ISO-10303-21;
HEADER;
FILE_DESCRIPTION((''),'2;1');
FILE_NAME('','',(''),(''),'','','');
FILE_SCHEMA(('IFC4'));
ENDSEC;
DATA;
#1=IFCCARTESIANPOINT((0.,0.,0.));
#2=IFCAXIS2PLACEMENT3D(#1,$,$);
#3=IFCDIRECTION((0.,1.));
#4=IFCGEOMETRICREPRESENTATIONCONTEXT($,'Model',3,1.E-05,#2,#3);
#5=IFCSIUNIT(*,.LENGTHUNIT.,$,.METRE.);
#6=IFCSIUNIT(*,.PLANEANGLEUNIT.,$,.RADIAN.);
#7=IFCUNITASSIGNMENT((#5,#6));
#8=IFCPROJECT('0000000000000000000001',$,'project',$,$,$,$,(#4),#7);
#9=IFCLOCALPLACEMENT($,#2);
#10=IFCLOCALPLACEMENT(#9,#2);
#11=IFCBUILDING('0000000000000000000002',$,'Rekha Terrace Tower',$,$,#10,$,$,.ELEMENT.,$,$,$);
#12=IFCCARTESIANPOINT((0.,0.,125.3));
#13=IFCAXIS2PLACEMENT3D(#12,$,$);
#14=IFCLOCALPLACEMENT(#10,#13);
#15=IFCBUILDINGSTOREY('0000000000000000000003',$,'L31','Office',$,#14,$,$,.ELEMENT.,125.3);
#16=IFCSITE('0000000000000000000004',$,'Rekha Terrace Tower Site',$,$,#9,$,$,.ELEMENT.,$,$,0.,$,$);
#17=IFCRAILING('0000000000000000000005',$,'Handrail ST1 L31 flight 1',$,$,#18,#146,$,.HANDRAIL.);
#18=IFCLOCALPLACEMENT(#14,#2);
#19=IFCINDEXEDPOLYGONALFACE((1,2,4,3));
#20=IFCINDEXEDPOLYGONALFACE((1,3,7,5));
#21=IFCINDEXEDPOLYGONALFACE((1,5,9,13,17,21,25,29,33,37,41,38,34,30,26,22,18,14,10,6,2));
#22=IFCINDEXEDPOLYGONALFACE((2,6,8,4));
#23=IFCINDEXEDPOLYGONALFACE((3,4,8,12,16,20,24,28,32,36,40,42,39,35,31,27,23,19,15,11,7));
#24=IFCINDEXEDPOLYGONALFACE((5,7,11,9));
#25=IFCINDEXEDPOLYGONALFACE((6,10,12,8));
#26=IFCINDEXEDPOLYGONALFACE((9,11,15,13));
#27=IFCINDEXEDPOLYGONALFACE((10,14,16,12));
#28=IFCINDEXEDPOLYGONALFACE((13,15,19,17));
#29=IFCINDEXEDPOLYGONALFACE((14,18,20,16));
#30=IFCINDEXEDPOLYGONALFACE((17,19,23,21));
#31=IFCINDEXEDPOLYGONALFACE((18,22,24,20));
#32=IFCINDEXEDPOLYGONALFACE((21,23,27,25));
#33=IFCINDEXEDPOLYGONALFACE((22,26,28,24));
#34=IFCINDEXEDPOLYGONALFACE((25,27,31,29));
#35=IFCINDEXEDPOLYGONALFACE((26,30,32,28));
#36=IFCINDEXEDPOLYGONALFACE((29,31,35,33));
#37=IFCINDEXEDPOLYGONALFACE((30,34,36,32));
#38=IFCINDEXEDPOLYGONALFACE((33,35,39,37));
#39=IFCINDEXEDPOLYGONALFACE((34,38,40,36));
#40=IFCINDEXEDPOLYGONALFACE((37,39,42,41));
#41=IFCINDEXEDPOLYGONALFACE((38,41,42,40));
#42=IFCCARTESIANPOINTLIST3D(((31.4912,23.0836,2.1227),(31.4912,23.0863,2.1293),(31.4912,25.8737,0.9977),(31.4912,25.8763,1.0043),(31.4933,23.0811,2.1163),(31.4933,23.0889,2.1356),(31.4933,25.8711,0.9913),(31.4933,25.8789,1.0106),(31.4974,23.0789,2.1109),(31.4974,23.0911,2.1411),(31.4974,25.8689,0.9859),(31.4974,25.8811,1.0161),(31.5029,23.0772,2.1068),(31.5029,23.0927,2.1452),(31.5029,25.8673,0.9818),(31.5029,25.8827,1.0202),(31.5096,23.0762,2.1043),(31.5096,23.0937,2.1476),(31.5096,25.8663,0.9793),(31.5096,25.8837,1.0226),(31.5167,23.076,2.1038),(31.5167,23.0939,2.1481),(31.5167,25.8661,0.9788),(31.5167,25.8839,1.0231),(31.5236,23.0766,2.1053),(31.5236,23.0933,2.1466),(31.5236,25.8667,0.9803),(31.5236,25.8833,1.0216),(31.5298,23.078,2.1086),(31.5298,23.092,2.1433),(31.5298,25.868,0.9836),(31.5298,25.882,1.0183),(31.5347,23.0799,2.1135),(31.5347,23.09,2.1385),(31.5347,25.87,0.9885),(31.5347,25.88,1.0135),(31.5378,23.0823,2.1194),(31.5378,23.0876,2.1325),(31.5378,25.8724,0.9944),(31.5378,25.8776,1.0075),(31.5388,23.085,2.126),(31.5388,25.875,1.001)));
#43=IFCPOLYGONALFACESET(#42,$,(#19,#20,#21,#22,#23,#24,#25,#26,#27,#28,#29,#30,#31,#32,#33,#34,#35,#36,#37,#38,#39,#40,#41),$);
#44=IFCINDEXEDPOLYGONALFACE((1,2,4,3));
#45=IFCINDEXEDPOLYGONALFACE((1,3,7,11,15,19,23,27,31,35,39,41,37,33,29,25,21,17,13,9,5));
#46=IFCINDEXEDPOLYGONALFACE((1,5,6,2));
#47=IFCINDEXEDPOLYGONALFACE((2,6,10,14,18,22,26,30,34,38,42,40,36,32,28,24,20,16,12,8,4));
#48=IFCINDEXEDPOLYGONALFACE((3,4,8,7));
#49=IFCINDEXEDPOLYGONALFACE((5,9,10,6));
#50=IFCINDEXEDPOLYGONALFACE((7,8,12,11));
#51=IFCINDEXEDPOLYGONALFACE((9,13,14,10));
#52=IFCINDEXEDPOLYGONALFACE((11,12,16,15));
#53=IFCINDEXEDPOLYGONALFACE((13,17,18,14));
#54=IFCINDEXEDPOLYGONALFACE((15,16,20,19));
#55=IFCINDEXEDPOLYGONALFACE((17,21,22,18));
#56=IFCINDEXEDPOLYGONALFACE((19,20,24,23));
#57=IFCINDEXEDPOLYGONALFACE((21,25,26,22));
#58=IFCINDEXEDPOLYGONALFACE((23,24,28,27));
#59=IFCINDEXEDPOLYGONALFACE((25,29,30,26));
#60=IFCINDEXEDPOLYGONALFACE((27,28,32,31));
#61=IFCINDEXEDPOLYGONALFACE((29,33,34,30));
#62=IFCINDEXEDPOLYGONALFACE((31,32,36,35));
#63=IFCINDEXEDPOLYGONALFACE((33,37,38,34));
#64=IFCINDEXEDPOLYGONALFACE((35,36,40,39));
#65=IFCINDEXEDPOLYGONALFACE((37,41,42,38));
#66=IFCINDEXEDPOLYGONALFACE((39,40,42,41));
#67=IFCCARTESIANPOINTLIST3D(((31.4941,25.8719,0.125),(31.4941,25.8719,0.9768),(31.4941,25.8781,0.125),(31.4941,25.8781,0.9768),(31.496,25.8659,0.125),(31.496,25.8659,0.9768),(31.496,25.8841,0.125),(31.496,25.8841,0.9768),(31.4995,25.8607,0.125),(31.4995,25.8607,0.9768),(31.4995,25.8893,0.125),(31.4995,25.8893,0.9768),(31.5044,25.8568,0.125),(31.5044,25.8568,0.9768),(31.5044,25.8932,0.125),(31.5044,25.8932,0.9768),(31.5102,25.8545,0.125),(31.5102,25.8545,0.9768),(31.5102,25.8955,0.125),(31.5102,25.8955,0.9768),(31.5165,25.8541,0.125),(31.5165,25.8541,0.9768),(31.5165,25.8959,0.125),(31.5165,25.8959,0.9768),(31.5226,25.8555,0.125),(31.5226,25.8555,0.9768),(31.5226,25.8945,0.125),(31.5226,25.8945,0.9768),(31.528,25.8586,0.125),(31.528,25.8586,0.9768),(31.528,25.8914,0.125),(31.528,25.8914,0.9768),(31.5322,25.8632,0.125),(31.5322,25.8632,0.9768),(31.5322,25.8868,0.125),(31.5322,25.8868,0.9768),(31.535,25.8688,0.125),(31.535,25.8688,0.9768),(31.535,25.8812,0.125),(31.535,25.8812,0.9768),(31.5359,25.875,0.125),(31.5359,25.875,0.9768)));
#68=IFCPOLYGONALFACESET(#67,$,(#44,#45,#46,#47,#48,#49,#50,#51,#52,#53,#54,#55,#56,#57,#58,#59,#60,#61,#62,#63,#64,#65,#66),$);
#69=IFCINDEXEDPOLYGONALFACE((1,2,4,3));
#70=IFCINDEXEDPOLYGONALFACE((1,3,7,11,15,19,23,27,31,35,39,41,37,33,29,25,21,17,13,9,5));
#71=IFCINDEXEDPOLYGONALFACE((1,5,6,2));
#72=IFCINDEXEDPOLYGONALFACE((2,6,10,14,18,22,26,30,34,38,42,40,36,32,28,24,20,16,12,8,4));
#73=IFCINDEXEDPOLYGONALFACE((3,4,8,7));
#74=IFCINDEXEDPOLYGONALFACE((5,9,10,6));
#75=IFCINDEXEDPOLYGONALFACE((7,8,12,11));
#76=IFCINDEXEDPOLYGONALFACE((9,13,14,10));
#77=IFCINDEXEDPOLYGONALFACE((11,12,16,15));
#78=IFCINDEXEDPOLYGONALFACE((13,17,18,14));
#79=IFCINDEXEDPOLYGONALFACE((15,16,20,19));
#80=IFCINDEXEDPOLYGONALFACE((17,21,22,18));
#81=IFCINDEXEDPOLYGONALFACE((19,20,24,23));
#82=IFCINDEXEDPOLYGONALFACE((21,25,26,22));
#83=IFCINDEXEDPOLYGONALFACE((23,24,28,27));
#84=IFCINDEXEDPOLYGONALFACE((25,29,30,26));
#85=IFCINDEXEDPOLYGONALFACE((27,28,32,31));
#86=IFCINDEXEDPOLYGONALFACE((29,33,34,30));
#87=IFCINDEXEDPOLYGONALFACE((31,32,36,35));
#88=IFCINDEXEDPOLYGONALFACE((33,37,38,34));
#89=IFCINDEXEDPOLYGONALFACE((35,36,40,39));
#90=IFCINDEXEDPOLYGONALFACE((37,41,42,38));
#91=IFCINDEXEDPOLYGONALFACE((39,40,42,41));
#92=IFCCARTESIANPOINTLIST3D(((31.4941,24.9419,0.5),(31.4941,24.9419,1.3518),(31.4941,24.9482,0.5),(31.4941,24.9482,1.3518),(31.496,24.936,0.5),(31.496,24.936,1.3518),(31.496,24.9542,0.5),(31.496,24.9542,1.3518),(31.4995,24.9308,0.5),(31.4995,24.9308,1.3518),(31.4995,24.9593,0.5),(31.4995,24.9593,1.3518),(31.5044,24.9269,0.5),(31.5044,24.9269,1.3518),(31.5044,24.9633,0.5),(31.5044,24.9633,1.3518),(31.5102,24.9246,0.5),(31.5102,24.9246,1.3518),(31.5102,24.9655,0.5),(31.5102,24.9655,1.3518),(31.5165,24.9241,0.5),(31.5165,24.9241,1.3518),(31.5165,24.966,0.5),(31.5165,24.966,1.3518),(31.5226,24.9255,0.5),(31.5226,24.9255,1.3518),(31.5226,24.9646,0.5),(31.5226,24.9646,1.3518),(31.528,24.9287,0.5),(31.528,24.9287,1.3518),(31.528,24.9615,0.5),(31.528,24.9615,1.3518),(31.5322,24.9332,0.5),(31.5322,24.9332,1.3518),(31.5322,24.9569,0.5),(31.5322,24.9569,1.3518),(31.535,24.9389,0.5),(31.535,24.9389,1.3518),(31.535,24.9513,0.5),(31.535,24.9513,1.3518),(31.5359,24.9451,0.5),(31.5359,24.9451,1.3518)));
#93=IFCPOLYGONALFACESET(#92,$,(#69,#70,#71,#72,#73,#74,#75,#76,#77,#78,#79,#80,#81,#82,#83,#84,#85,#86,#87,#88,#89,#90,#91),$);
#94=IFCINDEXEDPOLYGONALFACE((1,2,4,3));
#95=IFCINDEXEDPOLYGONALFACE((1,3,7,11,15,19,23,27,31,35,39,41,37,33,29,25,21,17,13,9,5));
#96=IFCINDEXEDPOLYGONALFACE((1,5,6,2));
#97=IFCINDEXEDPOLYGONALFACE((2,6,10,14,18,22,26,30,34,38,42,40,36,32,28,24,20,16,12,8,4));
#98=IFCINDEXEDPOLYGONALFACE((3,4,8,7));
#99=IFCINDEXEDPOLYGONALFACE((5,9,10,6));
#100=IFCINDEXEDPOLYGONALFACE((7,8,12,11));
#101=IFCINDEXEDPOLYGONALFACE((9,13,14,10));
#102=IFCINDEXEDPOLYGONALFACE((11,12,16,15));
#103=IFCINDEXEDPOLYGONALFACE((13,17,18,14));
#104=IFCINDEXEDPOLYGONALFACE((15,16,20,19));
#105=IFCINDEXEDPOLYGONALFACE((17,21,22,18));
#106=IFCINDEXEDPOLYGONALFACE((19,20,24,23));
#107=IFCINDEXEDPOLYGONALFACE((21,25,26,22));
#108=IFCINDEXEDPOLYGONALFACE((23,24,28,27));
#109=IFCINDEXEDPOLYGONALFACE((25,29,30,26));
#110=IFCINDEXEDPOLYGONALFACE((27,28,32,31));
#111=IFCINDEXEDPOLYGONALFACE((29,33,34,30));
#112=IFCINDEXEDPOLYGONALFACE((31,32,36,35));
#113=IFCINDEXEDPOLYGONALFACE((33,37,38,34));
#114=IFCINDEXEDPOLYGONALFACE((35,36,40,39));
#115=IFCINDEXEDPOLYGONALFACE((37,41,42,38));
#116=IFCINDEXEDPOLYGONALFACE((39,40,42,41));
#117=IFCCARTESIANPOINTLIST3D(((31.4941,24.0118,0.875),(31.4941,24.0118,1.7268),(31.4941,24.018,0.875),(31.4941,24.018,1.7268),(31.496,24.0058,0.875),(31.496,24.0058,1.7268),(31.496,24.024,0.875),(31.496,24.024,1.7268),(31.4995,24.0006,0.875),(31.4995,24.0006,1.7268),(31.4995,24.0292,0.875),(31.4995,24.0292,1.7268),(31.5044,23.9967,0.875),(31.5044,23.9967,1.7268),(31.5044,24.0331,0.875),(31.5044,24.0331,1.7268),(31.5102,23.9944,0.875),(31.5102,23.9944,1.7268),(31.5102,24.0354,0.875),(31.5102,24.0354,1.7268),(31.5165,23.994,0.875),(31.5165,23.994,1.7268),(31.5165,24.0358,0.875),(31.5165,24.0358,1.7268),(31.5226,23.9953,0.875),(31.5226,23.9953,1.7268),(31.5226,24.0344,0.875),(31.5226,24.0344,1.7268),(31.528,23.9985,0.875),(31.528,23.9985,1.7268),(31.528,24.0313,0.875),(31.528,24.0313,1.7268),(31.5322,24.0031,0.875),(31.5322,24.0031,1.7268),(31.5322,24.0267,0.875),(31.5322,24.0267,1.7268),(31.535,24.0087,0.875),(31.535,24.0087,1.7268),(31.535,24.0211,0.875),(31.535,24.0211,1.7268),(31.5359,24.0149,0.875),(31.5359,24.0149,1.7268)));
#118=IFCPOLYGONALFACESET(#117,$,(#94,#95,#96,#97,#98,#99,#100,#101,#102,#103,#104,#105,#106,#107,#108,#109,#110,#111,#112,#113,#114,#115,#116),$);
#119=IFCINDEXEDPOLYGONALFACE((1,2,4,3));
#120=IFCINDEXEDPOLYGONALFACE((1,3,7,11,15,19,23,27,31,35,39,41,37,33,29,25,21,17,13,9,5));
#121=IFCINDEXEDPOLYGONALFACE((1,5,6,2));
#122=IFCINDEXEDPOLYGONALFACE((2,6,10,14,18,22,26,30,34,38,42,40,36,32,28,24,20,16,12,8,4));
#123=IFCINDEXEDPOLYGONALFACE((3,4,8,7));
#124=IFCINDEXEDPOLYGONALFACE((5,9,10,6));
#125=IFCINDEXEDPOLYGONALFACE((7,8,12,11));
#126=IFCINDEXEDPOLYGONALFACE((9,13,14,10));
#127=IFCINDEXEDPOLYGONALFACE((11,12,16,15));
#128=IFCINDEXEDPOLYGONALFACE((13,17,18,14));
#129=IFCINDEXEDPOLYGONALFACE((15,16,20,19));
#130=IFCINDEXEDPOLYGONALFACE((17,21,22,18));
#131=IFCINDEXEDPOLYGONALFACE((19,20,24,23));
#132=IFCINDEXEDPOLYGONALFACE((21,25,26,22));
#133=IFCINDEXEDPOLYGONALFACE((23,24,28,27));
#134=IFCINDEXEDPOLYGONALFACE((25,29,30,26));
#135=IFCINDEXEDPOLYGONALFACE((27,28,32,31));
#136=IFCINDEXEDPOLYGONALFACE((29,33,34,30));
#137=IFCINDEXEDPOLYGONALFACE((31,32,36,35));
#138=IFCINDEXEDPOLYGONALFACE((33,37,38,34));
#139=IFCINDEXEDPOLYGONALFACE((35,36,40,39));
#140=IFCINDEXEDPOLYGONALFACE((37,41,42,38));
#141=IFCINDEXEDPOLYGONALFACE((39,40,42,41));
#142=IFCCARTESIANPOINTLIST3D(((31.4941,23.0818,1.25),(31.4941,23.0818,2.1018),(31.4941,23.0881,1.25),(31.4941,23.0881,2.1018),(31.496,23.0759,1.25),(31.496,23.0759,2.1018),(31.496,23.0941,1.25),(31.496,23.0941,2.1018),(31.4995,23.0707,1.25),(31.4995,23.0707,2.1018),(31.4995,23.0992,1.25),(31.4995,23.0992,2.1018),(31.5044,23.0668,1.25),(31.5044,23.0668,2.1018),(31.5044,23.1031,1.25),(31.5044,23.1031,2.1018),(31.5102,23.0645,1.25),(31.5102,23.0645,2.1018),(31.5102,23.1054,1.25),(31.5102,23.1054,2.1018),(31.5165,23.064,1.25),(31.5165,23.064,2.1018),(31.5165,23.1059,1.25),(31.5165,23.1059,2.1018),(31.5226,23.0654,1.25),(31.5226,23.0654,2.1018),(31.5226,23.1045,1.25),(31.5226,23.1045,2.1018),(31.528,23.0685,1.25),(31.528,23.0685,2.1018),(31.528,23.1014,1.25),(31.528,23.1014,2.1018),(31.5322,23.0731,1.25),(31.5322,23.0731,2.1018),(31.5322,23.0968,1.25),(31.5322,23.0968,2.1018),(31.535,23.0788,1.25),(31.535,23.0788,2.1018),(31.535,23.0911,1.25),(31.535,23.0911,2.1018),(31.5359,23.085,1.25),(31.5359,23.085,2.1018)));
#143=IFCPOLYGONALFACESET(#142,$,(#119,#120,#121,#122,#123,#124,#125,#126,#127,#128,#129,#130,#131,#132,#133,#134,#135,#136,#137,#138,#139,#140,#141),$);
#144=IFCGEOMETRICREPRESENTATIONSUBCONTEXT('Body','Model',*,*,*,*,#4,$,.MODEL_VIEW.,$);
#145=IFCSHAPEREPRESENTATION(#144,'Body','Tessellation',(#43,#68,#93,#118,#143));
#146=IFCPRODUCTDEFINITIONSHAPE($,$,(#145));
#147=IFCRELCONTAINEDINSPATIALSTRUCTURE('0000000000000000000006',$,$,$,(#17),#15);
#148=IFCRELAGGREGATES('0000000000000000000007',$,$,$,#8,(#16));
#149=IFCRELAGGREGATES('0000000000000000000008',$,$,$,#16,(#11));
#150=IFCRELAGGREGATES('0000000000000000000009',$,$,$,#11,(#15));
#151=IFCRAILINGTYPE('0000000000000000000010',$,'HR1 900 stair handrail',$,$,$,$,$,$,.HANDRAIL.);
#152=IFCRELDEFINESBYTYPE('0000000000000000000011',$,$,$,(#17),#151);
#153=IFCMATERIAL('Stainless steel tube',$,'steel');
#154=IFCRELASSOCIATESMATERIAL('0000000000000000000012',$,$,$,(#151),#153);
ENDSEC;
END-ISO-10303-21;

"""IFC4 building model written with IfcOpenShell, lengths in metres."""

from ifc_helpers import new_model, si_unit, direction, frame, origin, origin_2d, place, context, subcontext, project, spatial, circle, extrude, material, type_object, element, save


model = new_model("IFC4")

# Units and contexts
model_context = context("Model", 3, precision=1e-05, world=origin(), true_north=direction((0.0, 1.0)))
body_context = subcontext(model_context, "Body", "Model", "MODEL_VIEW")
ifc_project = project(units=[si_unit("LENGTHUNIT", "METRE"), si_unit("PLANEANGLEUNIT", "RADIAN")], contexts=[model_context])

# Site, building, storey
site_placement = place(None, origin())
site = spatial("IfcSite", under=ifc_project, at=site_placement, Name="Rekha Terrace Tower Site", CompositionType="ELEMENT", RefElevation=0.0)
building_placement = place(site_placement, origin())
building = spatial("IfcBuilding", under=site, at=building_placement, Name="Rekha Terrace Tower", CompositionType="ELEMENT")
storey_placement = place(building_placement, frame((0.0, 0.0, 125.3)))
storey = spatial("IfcBuildingStorey", under=building, at=storey_placement, Name="L31", Description="Office", CompositionType="ELEMENT", Elevation=125.3)

# Railing
ifc_material_1 = material(Name="Stainless steel tube", Category="steel")
railing_type = type_object("IfcRailingType", Name="HR1 900 stair handrail", PredefinedType="HANDRAIL", material=ifc_material_1)
railing_placement = place(storey_placement, frame((31.5149, 25.875, 0.125)))
element("IfcRailing", 1, at=railing_placement, inside=storey, type_object=railing_type, Name="Handrail ST1 L31 flight 1", PredefinedType="HANDRAIL", context=body_context, shape_type="SweptSolid", body=[
    extrude(circle(Radius=0.0239, at=origin_2d()), frame((0.0, 0.0, 0.876), z_axis=(0.0, -0.927443, 0.373964), x_axis=(1.0, 0.0, 0.0)), (0.0, 0.0, 1.0), 3.0083),
    extrude(circle(Radius=0.021, at=origin_2d()), origin(), (0.0, 0.0, 1.0), 0.8518),
    extrude(circle(Radius=0.021, at=origin_2d()), frame((0.0, -0.9299, 0.375)), (0.0, 0.0, 1.0), 0.8518),
    extrude(circle(Radius=0.021, at=origin_2d()), frame((0.0, -1.8601, 0.75)), (0.0, 0.0, 1.0), 0.8518),
    extrude(circle(Radius=0.021, at=origin_2d()), frame((0.0, -2.79, 1.125)), (0.0, 0.0, 1.0), 0.8518),
])

save(model, "model.ifc")
